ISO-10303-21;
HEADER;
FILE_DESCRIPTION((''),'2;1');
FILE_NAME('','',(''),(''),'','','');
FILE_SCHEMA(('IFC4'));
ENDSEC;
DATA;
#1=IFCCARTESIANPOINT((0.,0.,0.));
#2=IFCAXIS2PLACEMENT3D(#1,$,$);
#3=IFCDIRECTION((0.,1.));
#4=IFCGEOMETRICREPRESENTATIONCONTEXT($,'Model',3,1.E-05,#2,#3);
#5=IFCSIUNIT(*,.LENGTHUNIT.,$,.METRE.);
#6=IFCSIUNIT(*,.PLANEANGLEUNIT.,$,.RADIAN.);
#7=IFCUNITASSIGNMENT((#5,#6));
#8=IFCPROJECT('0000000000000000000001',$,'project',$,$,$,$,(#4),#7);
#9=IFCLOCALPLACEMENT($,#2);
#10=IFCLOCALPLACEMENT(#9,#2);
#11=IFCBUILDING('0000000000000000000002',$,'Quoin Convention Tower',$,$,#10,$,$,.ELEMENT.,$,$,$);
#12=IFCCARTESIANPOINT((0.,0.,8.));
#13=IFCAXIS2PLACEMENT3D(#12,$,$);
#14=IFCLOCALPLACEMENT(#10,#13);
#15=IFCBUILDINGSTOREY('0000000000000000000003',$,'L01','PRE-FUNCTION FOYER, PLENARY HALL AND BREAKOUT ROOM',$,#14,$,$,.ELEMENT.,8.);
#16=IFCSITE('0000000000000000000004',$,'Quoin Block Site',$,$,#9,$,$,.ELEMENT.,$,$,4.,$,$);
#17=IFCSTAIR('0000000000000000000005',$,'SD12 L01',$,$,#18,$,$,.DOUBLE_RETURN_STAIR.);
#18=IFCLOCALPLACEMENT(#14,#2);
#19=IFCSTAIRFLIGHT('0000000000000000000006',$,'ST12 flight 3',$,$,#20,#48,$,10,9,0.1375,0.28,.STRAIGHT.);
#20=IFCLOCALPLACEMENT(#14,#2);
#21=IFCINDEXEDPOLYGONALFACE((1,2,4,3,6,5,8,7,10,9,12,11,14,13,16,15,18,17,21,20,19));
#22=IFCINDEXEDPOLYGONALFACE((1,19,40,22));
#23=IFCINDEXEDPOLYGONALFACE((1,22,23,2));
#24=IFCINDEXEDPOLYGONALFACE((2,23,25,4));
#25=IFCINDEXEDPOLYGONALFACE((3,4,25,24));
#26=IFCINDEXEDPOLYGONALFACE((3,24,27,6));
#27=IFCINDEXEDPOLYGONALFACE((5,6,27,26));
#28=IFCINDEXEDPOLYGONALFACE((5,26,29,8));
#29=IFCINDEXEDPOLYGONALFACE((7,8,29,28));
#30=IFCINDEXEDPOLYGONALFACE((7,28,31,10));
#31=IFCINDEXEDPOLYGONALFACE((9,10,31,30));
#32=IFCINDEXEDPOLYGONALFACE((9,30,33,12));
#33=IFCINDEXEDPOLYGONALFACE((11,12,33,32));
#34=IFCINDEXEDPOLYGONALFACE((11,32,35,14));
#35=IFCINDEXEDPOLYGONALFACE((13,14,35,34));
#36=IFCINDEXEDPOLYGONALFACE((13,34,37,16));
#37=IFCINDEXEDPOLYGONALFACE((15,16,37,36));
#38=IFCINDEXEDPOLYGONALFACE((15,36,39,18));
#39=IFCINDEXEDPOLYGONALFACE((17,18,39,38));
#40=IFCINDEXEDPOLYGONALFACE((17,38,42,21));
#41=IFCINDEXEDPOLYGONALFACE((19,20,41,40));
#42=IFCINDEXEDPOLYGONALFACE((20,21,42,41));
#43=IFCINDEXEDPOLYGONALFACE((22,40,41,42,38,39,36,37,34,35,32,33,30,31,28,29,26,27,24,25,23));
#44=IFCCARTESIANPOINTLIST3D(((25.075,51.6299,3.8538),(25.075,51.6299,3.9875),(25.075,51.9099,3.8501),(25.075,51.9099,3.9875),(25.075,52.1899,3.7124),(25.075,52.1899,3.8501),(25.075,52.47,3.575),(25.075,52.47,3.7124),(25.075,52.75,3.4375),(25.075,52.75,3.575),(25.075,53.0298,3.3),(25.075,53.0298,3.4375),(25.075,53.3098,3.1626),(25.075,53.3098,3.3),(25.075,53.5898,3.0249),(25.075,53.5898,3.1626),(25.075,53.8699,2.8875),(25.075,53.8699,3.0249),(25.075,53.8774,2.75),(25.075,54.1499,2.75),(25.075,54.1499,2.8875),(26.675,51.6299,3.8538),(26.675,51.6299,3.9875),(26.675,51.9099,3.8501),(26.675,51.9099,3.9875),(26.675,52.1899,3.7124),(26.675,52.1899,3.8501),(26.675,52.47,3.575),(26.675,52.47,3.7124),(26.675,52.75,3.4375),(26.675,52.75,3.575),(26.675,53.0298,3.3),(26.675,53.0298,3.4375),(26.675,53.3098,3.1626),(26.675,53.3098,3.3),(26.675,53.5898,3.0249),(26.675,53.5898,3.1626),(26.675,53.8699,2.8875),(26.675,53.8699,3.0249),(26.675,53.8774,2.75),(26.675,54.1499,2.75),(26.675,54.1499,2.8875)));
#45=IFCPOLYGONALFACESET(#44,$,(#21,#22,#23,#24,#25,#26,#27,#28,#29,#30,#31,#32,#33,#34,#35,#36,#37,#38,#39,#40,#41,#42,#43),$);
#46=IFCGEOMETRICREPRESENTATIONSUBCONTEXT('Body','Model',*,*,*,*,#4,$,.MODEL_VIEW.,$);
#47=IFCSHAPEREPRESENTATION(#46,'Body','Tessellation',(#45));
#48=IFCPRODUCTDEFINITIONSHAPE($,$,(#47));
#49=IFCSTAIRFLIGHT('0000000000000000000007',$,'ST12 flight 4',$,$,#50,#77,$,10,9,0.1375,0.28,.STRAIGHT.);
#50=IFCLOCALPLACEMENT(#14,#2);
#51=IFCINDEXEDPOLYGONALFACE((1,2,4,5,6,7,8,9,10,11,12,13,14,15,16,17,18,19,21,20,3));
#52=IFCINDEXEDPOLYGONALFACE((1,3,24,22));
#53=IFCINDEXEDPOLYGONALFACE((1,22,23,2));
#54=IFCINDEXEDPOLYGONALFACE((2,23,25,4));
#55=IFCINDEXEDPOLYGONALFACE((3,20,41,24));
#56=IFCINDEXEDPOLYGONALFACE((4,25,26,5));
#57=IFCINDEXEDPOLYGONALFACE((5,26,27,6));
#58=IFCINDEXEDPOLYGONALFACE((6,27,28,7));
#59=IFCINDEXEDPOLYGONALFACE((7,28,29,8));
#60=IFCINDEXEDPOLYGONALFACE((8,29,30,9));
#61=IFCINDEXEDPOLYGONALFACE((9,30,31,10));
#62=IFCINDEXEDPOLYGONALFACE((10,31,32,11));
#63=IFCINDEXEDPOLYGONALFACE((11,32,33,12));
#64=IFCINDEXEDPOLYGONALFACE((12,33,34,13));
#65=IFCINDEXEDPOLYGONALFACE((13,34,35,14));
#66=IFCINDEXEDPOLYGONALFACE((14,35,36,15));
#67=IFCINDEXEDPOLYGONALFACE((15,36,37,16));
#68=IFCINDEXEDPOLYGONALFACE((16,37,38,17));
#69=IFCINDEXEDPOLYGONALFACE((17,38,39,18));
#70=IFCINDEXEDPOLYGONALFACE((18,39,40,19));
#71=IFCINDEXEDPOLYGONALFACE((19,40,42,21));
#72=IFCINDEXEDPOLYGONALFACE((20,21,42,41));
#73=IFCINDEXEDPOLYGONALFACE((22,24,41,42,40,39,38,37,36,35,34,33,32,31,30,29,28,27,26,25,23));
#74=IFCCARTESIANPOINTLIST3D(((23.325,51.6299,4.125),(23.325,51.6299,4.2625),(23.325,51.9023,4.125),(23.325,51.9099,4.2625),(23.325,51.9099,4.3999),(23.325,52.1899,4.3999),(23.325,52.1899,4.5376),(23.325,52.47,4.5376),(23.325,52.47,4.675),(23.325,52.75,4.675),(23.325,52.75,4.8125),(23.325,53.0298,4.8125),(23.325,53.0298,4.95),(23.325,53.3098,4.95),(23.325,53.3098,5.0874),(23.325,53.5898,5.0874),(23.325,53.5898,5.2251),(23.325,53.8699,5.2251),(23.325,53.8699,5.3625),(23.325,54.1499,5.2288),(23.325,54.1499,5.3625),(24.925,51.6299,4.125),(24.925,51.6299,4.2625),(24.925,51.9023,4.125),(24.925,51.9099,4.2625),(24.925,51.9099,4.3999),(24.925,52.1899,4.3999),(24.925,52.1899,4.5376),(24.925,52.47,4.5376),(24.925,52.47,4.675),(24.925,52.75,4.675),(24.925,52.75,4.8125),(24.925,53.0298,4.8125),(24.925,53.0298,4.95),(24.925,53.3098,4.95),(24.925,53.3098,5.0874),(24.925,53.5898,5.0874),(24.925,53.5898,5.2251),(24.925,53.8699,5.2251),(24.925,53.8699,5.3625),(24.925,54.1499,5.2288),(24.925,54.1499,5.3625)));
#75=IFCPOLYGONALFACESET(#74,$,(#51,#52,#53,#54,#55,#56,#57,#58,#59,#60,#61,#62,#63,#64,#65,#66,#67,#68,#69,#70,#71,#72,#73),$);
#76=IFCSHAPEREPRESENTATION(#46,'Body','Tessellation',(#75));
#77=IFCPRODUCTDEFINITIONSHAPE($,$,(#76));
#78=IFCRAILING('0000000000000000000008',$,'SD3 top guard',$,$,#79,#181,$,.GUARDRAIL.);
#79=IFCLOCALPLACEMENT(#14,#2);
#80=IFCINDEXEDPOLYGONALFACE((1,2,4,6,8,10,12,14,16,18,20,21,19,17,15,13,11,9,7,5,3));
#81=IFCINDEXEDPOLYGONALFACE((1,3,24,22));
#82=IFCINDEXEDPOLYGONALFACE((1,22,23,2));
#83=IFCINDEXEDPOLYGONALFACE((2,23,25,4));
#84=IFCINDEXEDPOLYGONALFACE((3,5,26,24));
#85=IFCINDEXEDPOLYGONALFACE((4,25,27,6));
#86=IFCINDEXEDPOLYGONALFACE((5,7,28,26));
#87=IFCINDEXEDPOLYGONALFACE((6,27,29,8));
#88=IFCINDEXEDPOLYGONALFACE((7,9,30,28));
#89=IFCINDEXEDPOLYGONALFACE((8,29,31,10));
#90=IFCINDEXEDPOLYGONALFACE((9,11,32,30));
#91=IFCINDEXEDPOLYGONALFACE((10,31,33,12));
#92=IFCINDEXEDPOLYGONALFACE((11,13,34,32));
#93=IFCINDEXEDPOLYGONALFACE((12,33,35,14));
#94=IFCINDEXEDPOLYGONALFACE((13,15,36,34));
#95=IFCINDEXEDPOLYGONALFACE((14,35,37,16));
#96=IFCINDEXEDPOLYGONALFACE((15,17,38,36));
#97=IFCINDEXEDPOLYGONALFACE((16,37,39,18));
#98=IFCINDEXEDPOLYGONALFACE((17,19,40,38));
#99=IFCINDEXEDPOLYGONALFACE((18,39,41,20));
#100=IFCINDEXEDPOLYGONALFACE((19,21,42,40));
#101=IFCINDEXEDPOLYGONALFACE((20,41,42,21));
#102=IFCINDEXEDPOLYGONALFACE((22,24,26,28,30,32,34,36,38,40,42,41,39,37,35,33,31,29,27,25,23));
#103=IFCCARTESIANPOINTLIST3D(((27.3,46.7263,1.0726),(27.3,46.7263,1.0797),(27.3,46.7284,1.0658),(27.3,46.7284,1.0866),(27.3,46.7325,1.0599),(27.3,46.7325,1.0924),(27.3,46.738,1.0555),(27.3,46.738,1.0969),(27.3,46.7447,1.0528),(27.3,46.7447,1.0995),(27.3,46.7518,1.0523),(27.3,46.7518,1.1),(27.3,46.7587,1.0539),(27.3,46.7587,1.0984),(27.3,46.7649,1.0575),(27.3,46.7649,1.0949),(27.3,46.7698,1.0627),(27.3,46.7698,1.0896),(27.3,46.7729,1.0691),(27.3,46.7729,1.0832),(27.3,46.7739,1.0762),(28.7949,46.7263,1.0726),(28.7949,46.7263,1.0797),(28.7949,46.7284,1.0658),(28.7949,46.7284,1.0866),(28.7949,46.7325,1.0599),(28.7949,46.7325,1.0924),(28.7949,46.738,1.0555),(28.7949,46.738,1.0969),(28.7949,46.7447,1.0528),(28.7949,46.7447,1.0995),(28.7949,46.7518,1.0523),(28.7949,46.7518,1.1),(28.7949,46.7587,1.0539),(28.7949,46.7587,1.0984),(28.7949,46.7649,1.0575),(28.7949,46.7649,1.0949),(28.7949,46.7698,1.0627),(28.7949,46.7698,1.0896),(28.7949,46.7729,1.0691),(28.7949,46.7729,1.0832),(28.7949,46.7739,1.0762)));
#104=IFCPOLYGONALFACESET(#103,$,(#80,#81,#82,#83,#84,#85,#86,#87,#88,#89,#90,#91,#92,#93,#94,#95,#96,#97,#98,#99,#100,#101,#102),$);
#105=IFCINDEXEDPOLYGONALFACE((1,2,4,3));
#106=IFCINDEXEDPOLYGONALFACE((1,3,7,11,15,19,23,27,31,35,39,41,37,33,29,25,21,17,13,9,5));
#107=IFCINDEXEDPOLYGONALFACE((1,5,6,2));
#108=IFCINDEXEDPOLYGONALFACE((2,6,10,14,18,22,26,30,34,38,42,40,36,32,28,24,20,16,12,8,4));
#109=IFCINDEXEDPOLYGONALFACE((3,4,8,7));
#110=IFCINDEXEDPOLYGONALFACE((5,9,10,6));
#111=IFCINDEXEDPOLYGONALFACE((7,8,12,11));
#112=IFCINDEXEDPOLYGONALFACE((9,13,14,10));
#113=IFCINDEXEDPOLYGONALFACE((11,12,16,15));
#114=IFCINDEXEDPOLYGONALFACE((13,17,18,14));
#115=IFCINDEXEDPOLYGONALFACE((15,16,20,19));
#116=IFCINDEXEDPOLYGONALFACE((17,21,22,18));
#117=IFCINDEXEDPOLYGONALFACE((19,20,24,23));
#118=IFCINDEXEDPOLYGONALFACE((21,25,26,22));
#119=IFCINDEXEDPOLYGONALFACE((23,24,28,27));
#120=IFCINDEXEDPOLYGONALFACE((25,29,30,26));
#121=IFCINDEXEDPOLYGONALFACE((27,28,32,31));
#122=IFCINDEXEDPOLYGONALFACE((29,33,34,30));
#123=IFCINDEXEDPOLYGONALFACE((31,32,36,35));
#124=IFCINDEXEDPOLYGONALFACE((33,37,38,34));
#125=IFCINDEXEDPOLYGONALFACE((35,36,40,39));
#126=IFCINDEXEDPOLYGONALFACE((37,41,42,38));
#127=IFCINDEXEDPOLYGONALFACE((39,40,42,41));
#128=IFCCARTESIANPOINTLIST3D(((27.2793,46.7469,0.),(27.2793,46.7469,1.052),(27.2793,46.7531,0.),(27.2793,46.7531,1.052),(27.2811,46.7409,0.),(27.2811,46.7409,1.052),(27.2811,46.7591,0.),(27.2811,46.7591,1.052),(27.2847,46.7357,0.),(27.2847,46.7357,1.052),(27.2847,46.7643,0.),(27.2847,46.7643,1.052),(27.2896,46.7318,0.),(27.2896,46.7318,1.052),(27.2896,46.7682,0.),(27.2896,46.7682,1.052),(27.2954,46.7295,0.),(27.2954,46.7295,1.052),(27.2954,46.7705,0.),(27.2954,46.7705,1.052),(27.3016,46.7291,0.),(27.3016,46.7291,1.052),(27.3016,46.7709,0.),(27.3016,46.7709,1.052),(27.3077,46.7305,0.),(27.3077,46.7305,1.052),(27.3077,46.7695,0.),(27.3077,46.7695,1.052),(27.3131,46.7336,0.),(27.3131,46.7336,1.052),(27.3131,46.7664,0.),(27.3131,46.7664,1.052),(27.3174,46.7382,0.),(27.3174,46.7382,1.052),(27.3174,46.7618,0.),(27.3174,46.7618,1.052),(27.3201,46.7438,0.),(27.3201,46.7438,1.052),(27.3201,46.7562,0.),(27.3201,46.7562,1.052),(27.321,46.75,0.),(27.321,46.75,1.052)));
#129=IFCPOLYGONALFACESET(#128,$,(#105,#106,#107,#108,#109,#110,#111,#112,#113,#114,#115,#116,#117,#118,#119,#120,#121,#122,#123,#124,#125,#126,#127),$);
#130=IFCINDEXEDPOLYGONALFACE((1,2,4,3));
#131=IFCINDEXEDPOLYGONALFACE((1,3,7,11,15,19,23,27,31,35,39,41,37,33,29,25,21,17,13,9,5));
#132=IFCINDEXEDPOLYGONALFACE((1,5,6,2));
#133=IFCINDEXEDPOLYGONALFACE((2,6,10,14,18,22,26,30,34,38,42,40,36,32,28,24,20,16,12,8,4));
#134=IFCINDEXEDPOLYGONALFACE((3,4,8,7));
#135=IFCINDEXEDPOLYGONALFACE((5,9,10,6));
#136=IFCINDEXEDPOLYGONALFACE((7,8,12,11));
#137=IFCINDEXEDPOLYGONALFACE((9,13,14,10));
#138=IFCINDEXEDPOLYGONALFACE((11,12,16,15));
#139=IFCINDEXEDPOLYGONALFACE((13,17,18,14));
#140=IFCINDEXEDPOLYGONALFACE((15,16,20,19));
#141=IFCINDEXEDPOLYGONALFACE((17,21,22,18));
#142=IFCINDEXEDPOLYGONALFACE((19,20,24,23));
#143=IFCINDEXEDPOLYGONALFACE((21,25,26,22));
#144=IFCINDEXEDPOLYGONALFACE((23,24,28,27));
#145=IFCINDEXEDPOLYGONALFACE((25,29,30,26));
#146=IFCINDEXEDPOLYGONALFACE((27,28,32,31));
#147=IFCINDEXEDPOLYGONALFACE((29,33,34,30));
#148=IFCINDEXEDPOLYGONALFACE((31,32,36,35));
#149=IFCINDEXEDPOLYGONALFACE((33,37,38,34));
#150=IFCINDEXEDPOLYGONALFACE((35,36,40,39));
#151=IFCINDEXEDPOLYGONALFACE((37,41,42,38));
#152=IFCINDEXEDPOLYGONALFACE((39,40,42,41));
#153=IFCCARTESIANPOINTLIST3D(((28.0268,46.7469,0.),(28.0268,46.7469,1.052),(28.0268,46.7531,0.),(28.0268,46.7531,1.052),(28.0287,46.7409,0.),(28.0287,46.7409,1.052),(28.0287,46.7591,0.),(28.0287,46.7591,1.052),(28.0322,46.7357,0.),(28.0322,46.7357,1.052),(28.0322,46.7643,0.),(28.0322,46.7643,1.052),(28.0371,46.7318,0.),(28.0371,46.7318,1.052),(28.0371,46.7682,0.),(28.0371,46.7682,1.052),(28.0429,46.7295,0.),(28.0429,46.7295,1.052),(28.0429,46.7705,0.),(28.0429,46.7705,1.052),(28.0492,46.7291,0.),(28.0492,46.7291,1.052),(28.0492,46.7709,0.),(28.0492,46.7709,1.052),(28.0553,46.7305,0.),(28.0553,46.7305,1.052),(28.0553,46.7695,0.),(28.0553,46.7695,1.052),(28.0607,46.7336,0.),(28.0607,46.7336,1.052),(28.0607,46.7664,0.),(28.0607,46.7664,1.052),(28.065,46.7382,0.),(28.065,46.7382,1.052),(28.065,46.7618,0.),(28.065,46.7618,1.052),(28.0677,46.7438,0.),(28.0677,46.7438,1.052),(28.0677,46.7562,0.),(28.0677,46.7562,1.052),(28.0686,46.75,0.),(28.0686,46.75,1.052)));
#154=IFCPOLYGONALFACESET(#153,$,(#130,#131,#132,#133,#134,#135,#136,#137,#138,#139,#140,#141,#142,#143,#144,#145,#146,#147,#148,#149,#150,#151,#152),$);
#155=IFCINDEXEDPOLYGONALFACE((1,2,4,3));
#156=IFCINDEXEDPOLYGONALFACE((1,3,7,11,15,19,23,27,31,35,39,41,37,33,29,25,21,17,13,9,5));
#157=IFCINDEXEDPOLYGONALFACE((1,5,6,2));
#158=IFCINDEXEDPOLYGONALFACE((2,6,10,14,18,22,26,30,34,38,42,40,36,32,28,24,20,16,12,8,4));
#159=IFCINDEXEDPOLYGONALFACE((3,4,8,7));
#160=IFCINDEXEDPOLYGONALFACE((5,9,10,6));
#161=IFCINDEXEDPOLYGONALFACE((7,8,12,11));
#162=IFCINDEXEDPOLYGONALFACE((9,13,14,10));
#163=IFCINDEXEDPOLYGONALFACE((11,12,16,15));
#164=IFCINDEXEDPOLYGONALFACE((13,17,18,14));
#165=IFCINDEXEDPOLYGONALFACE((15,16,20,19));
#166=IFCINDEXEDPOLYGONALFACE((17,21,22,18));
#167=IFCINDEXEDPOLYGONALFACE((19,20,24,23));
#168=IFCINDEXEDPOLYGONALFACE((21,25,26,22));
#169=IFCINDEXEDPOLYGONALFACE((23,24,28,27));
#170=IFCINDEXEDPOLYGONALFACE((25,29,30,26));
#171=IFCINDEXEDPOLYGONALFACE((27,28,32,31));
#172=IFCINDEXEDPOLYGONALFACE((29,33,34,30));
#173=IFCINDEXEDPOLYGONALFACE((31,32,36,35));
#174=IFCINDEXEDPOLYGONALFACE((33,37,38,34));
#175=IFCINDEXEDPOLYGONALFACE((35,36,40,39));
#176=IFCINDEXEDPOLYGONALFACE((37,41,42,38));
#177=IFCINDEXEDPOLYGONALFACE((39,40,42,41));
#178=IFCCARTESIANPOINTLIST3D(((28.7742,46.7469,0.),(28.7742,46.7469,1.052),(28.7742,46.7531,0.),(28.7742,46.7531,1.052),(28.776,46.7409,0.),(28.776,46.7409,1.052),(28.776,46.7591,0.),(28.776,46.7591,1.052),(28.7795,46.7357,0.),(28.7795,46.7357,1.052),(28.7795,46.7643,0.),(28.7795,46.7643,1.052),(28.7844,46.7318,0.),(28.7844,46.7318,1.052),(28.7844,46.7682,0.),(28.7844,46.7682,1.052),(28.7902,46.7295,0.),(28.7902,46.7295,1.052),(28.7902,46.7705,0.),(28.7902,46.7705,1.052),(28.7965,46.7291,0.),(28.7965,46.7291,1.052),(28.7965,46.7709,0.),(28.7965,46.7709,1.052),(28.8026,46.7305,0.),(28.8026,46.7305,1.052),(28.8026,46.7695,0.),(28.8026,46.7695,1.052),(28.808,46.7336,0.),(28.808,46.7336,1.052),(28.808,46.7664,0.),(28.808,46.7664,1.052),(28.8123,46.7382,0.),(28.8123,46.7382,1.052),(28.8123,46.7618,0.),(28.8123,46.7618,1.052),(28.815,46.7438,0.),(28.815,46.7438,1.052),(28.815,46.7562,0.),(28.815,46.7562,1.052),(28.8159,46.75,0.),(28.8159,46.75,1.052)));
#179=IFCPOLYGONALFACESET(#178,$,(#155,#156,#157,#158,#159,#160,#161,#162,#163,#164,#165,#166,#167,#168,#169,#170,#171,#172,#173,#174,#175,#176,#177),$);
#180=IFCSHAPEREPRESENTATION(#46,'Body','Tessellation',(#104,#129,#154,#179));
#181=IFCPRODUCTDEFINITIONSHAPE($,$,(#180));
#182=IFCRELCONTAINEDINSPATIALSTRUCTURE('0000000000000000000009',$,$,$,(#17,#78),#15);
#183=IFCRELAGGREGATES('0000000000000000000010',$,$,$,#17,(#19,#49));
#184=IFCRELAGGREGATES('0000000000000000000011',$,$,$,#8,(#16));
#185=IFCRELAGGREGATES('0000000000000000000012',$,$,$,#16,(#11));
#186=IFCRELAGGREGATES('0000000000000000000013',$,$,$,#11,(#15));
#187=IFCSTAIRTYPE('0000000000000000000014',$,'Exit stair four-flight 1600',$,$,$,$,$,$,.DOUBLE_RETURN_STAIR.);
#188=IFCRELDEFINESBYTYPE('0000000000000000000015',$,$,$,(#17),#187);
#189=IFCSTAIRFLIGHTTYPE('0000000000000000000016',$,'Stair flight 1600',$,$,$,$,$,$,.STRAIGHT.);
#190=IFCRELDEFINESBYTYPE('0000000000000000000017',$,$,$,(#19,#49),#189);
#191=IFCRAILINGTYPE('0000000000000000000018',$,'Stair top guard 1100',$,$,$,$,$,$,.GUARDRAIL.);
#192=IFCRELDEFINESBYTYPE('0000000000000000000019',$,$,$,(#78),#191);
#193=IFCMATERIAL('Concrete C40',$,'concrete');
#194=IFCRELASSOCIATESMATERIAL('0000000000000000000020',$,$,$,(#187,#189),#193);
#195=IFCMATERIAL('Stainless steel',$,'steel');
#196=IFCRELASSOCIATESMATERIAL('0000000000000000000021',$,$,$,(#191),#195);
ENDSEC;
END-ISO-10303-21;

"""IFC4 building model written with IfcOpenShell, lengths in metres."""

from ifc_helpers import new_model, si_unit, direction, frame, origin, origin_2d, place, context, subcontext, project, spatial, polyline, circle, outline, extrude, material, type_object, element, aggregate, save


model = new_model("IFC4")

# Units and contexts
model_context = context("Model", 3, precision=1e-05, world=origin(), true_north=direction((0.0, 1.0)))
body_context = subcontext(model_context, "Body", "Model", "MODEL_VIEW")
ifc_project = project(units=[si_unit("LENGTHUNIT", "METRE"), si_unit("PLANEANGLEUNIT", "RADIAN")], contexts=[model_context])

# Site, building, storey
site_placement = place(None, origin())
site = spatial("IfcSite", under=ifc_project, at=site_placement, Name="Quoin Block Site", CompositionType="ELEMENT", RefElevation=4.0)
building_placement = place(site_placement, origin())
building = spatial("IfcBuilding", under=site, at=building_placement, Name="Quoin Convention Tower", CompositionType="ELEMENT")
storey_placement = place(building_placement, frame((0.0, 0.0, 8.0)))
storey = spatial("IfcBuildingStorey", under=building, at=storey_placement, Name="L01", Description="PRE-FUNCTION FOYER, PLENARY HALL AND BREAKOUT ROOM", CompositionType="ELEMENT", Elevation=8.0)

# Stair, stair flights
ifc_material_1 = material(Name="Concrete C40", Category="concrete")
stair_type_1 = type_object("IfcStairType", Name="Exit stair four-flight 1600", PredefinedType="DOUBLE_RETURN_STAIR", material=ifc_material_1)
stair_1_placement = place(storey_placement, origin())
stair_1 = element("IfcStair", 1, at=stair_1_placement, inside=storey, type_object=stair_type_1, Name="SD12 L01", PredefinedType="DOUBLE_RETURN_STAIR")
stair_flight_type_1 = type_object("IfcStairFlightType", Name="Stair flight 1600", PredefinedType="STRAIGHT", material=ifc_material_1)
stair_flight_1_placement = place(storey_placement, frame((25.875, 54.1499, 2.75), z_axis=(0.0, 0.0, 1.0), x_axis=(0.0, -1.0, 0.0)))
stair_flight_1 = element("IfcStairFlight", 2, at=stair_flight_1_placement, type_object=stair_flight_type_1, Name="ST12 flight 3", NumberOfRisers=10, NumberOfTreads=9, PredefinedType="STRAIGHT", RiserHeight=0.1375, TreadLength=0.28, context=body_context, shape_type="SweptSolid", body=[
    extrude(outline(polyline([(0.0, 0.0), (0.0, 0.1375), (0.28, 0.1375), (0.28, 0.2749), (0.5601, 0.2749), (0.5601, 0.4126), (0.8401, 0.4126), (0.8401, 0.55), (1.1201, 0.55), (1.1201, 0.6875), (1.3999, 0.6875), (1.3999, 0.825), (1.6799, 0.825), (1.6799, 0.9624), (1.96, 0.9624), (1.96, 1.1001), (2.24, 1.1001), (2.24, 1.2375), (2.52, 1.2375), (2.52, 1.375), (2.52, 1.1038), (0.2725, 0.0), (0.0, 0.0)])), frame((0.0, 0.8, 0.0), z_axis=(0.0, -1.0, 0.0), x_axis=(1.0, 0.0, 0.0)), (0.0, 0.0, 1.0), 1.6001),
])
stair_flight_2_placement = place(storey_placement, frame((24.125, 51.6299, 4.125), z_axis=(0.0, 0.0, 1.0), x_axis=(0.0, 1.0, 0.0)))
stair_flight_2 = element("IfcStairFlight", 3, at=stair_flight_2_placement, type_object=stair_flight_type_1, Name="ST12 flight 4", NumberOfRisers=10, NumberOfTreads=9, PredefinedType="STRAIGHT", RiserHeight=0.1375, TreadLength=0.28, context=body_context, shape_type="SweptSolid", body=[
    extrude(outline(polyline([(0.0, 0.0), (0.0, 0.1375), (0.28, 0.1375), (0.28, 0.2749), (0.5601, 0.2749), (0.5601, 0.4126), (0.8401, 0.4126), (0.8401, 0.55), (1.1201, 0.55), (1.1201, 0.6875), (1.3999, 0.6875), (1.3999, 0.825), (1.6799, 0.825), (1.6799, 0.9624), (1.96, 0.9624), (1.96, 1.1001), (2.24, 1.1001), (2.24, 1.2375), (2.52, 1.2375), (2.52, 1.375), (2.52, 1.1038), (0.2725, 0.0), (0.0, 0.0)])), frame((0.0, 0.8, 0.0), z_axis=(0.0, -1.0, 0.0), x_axis=(1.0, 0.0, 0.0)), (0.0, 0.0, 1.0), 1.6001),
])
aggregate(stair_1, [stair_flight_1, stair_flight_2])

# Railing
ifc_material_2 = material(Name="Stainless steel", Category="steel")
railing_type_1 = type_object("IfcRailingType", Name="Stair top guard 1100", PredefinedType="GUARDRAIL", material=ifc_material_2)
railing_1_placement = place(storey_placement, frame((27.3, 46.75, 0.0)))
element("IfcRailing", 4, at=railing_1_placement, inside=storey, type_object=railing_type_1, Name="SD3 top guard", PredefinedType="GUARDRAIL", context=body_context, shape_type="SweptSolid", body=[
    extrude(circle(Radius=0.0239, at=origin_2d()), frame((0.0, 0.0, 1.0762), z_axis=(1.0, 0.0, 0.0), x_axis=(0.0, 1.0, 0.0)), (0.0, 0.0, 1.0), 1.4949),
    extrude(circle(Radius=0.021, at=origin_2d()), origin(), (0.0, 0.0, 1.0), 1.052),
    extrude(circle(Radius=0.021, at=origin_2d()), frame((0.7476, 0.0, 0.0)), (0.0, 0.0, 1.0), 1.052),
    extrude(circle(Radius=0.021, at=origin_2d()), frame((1.4949, 0.0, 0.0)), (0.0, 0.0, 1.0), 1.052),
])

save(model, "model.ifc")
